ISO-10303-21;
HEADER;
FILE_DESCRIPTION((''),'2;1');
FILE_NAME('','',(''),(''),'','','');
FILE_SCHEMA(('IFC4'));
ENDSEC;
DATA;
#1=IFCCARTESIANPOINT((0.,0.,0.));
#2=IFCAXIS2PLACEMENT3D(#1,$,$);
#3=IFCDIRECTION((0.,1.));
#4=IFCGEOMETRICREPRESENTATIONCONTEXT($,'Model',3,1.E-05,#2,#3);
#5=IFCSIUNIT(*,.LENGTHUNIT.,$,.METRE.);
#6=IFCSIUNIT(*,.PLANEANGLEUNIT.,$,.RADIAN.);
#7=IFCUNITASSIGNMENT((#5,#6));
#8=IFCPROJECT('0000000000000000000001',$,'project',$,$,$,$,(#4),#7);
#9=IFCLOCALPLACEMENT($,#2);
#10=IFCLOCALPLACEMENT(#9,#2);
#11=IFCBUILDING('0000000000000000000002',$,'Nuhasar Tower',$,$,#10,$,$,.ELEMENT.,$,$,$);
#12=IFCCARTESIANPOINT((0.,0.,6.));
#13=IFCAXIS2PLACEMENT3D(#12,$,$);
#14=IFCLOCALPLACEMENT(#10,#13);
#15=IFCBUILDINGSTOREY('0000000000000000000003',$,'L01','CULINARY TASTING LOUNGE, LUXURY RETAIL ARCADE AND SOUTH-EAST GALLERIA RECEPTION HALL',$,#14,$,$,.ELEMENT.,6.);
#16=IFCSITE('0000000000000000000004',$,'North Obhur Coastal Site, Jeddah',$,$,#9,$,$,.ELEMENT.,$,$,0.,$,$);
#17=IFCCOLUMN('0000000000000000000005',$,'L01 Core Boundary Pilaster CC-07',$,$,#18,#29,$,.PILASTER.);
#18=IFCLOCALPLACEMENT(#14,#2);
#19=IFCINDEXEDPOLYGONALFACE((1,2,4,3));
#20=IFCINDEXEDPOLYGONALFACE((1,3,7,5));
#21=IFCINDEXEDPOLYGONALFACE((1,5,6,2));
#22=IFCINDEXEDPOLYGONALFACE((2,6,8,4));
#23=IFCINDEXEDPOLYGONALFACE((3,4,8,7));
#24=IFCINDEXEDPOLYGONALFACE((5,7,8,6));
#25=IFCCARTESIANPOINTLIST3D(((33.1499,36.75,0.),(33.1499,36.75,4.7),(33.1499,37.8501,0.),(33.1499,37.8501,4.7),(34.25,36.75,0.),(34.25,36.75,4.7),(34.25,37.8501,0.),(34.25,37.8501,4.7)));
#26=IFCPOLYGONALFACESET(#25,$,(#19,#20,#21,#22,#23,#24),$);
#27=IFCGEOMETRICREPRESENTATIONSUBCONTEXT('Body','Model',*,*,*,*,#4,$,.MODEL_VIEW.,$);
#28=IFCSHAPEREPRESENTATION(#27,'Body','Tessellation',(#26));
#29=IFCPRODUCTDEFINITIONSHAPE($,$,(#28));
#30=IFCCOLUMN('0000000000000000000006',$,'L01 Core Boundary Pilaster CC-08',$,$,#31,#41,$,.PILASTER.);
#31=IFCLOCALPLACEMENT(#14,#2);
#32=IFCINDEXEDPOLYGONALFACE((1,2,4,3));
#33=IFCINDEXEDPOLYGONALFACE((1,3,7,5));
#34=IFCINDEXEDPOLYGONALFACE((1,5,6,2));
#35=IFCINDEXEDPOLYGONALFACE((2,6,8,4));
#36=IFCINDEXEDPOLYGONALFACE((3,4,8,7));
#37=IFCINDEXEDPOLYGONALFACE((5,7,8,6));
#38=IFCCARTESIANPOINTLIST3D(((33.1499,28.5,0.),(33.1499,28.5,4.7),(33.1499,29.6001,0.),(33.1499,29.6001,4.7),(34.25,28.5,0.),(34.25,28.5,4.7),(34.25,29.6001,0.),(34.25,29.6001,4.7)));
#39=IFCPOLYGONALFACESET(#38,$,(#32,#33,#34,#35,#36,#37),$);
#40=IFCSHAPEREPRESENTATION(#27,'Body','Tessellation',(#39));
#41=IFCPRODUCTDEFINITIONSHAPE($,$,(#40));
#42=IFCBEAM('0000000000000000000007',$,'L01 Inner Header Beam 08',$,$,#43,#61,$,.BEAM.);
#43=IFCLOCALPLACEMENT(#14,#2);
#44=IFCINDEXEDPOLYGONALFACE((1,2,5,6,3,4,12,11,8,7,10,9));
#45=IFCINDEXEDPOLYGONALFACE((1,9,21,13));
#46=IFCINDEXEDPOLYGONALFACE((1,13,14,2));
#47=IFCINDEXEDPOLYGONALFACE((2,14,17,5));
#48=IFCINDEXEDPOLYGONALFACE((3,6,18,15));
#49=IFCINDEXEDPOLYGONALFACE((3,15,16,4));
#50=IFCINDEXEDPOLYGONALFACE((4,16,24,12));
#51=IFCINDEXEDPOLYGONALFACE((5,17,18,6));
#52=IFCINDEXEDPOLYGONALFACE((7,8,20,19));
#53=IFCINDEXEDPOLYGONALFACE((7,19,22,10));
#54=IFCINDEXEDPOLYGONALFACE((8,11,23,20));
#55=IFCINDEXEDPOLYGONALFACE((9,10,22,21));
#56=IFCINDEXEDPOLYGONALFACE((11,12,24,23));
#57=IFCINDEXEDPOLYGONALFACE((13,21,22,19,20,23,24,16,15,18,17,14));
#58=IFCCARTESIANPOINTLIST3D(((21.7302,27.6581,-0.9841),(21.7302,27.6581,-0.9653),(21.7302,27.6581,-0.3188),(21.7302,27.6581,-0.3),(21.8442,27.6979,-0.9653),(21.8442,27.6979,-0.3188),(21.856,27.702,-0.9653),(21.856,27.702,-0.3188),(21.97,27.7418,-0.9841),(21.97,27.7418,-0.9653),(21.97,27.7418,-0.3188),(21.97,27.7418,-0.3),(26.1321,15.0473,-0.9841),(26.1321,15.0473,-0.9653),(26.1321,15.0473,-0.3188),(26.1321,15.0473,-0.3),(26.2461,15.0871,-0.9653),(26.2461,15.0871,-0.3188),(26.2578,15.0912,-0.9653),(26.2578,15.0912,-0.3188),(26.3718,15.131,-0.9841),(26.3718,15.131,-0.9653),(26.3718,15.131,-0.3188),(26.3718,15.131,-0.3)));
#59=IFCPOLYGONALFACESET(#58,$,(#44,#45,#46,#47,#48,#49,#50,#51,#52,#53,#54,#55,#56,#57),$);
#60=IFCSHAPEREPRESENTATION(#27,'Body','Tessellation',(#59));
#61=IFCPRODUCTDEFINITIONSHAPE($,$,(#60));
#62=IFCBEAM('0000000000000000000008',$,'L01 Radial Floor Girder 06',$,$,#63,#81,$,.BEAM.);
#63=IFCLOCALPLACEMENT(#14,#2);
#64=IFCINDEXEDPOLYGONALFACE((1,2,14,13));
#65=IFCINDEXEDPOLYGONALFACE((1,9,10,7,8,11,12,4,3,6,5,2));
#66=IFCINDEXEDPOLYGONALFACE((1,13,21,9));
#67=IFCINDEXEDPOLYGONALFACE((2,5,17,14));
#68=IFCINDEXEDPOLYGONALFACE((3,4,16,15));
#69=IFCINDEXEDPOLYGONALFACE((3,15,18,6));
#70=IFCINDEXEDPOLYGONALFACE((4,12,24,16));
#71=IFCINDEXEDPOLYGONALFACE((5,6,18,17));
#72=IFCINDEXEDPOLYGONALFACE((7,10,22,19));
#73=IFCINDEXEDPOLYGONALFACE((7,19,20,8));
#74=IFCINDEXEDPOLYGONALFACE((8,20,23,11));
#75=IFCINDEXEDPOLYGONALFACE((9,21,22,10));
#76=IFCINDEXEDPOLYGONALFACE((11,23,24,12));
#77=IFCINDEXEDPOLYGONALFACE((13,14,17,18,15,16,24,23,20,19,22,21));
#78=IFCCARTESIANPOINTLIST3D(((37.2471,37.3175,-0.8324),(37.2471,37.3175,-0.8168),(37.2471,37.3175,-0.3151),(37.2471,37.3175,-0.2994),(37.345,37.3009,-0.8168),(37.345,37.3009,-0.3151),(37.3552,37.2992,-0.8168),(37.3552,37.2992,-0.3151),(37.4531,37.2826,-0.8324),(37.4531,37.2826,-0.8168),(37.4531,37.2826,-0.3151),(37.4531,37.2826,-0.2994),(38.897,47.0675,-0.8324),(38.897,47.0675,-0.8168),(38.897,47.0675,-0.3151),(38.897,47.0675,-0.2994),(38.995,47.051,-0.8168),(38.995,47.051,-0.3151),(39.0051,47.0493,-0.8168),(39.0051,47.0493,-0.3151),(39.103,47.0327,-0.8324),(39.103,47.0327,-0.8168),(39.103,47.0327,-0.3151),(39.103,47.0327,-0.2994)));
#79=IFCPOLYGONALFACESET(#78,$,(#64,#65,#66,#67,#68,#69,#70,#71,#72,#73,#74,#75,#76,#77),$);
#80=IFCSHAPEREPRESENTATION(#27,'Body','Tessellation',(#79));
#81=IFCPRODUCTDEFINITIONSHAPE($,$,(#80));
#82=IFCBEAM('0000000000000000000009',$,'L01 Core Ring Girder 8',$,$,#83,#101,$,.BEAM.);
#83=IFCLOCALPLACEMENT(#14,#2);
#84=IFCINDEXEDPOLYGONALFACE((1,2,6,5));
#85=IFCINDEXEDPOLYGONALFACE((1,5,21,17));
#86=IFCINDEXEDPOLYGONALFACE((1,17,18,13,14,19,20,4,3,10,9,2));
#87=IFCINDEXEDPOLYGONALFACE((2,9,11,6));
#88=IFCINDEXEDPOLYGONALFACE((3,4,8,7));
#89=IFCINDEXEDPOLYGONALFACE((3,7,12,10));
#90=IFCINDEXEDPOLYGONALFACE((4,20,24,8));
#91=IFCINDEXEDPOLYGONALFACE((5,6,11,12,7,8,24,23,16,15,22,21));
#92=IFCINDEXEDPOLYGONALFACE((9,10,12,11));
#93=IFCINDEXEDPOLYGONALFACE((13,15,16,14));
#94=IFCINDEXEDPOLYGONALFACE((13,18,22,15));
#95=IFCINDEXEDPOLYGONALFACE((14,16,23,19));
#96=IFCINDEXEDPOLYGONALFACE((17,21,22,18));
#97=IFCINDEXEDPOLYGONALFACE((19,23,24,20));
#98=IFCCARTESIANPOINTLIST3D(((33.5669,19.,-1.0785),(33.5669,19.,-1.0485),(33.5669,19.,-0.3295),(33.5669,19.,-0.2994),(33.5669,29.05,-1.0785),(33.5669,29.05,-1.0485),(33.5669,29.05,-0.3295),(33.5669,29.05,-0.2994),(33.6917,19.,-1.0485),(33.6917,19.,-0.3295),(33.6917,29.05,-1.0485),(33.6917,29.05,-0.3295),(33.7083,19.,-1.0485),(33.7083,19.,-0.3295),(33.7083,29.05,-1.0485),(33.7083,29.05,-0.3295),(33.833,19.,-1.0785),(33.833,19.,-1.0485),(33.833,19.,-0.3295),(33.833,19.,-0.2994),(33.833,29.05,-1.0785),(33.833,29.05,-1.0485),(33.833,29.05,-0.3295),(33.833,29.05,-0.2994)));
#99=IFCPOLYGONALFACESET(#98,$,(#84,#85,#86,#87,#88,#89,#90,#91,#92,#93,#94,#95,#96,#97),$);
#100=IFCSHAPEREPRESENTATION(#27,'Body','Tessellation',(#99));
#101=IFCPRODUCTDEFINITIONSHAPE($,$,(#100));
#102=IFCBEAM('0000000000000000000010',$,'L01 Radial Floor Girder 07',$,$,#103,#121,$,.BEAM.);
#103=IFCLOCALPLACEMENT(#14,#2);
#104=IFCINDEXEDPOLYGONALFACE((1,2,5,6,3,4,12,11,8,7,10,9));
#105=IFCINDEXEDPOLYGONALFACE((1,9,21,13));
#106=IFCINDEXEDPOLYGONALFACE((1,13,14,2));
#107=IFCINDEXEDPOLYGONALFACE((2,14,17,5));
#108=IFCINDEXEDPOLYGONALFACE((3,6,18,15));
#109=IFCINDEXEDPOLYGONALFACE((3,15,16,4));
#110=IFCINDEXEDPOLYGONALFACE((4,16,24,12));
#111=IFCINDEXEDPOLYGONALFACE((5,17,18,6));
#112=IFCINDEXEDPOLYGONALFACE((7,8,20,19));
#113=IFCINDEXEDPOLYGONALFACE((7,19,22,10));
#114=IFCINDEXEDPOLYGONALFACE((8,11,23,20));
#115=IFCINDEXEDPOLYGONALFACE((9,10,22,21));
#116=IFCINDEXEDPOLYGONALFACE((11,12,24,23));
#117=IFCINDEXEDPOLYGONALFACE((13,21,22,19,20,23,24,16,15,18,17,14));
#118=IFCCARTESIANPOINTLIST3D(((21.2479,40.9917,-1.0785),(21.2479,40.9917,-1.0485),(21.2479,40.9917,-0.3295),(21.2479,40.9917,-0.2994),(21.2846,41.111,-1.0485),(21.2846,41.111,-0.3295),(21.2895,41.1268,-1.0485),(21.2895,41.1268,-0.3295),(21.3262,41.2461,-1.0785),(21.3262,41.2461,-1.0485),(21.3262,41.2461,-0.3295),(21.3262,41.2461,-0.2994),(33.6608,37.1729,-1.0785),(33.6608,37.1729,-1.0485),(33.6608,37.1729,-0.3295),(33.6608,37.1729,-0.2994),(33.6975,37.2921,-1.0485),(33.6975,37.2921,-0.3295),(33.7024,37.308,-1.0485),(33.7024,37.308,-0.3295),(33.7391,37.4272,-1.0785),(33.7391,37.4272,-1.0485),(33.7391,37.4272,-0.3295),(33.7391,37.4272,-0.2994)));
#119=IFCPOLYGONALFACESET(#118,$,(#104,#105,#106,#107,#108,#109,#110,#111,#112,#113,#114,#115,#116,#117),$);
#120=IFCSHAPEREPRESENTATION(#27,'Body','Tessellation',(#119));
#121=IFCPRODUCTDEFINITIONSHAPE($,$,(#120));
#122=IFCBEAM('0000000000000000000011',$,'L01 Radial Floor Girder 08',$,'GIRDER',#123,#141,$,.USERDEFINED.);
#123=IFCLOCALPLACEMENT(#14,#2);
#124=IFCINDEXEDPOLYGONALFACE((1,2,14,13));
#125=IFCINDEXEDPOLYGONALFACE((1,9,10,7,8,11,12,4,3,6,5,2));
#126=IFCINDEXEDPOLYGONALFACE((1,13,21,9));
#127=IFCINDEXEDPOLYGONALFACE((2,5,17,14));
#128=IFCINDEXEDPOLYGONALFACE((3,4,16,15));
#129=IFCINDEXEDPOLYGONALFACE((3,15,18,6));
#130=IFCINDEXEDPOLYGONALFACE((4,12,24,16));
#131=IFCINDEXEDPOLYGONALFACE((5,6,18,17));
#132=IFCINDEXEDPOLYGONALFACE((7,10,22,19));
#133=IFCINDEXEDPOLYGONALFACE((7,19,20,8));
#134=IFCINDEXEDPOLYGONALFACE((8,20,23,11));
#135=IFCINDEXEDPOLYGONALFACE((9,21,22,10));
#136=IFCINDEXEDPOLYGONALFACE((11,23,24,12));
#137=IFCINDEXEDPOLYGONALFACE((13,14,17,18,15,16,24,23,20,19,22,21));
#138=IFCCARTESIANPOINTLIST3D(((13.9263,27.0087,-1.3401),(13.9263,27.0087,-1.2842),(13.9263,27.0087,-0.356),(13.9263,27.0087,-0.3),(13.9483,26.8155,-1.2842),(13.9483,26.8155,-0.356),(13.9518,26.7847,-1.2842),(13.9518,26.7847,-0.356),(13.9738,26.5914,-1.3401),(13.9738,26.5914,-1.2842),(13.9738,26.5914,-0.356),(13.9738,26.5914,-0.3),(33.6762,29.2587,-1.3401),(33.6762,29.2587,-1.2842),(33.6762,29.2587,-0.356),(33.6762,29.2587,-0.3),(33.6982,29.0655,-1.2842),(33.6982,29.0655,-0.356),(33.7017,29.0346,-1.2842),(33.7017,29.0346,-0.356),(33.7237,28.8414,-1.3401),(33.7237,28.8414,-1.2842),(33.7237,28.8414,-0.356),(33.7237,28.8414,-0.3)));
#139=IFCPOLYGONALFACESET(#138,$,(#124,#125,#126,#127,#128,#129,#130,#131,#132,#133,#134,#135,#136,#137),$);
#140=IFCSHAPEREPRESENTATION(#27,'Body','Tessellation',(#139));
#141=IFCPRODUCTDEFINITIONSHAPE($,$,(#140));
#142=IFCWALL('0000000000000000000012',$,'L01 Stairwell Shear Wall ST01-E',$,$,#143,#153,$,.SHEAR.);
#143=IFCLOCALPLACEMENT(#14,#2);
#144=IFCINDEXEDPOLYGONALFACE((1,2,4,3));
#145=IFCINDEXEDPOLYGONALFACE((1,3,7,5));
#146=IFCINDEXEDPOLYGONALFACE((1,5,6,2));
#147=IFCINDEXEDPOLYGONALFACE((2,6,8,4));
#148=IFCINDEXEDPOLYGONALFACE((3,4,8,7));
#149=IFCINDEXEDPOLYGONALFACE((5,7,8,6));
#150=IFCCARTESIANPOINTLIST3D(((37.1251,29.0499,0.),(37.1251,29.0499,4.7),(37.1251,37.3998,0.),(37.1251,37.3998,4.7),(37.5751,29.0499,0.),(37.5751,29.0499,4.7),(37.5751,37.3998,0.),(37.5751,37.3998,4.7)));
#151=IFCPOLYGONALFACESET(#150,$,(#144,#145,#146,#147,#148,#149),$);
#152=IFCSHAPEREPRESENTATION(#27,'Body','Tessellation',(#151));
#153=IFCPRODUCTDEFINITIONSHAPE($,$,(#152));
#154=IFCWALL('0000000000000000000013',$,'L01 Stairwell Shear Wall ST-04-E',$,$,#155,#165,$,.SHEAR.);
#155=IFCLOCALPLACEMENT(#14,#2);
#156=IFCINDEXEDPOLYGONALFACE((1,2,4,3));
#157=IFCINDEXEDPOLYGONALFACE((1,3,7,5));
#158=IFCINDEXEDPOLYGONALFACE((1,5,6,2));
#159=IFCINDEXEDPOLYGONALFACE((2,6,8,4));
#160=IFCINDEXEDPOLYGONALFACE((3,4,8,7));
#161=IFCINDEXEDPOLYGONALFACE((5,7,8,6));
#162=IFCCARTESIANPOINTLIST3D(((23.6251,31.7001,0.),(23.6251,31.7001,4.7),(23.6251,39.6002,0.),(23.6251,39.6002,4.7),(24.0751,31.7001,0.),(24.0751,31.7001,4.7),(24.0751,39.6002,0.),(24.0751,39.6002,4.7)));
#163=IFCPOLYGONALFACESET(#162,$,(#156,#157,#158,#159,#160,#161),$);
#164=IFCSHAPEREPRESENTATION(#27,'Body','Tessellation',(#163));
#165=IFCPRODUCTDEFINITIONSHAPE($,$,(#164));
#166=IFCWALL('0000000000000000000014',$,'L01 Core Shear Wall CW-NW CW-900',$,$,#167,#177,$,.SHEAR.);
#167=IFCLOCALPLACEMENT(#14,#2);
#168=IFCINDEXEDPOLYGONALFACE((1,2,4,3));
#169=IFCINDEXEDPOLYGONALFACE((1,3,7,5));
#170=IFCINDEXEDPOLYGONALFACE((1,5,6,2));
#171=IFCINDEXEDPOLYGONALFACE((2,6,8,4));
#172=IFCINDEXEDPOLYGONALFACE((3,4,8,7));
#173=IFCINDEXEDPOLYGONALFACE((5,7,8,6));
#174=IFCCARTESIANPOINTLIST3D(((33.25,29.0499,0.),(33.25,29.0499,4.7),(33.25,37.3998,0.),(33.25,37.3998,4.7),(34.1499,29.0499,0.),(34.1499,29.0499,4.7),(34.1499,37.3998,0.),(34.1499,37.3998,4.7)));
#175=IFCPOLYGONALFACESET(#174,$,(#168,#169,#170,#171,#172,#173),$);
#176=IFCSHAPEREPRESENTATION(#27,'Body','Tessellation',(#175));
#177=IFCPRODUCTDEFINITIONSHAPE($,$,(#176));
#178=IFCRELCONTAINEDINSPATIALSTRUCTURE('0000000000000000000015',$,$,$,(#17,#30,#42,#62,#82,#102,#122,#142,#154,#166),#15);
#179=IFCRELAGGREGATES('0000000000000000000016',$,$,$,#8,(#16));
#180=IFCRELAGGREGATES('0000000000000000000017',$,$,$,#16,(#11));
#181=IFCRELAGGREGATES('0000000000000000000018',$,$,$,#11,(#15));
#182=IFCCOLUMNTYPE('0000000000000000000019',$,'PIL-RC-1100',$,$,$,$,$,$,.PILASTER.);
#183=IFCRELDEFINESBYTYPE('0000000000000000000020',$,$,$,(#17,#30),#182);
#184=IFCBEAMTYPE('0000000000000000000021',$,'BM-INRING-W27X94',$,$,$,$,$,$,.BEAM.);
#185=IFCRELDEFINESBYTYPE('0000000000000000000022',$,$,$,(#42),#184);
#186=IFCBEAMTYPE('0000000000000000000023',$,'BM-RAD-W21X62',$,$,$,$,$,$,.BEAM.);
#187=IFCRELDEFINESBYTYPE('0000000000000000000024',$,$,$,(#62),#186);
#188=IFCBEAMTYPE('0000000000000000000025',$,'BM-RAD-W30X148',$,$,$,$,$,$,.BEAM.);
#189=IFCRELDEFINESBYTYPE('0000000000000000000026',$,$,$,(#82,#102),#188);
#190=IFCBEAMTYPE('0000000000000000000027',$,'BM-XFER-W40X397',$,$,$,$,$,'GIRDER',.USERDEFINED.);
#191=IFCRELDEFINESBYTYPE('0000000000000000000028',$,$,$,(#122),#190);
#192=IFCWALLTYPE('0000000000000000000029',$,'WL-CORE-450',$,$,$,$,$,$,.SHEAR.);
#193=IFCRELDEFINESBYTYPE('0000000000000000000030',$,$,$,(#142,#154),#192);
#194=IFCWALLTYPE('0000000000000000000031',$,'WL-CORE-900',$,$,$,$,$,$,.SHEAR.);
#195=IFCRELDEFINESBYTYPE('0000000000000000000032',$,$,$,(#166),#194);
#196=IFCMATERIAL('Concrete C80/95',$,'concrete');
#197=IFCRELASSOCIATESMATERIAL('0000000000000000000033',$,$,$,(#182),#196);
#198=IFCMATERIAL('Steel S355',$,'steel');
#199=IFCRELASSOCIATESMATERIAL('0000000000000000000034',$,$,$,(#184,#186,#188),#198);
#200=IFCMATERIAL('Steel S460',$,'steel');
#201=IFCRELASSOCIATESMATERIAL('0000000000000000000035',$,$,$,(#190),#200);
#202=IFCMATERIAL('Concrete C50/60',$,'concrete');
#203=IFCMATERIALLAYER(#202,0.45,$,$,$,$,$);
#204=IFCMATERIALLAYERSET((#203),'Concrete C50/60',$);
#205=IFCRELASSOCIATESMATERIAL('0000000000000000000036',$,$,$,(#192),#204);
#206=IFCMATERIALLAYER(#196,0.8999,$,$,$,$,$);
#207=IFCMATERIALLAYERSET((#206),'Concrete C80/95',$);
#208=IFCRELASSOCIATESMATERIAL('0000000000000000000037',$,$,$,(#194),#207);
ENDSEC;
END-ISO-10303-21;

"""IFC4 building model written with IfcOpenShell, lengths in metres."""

from ifc_helpers import new_model, si_unit, direction, frame, frame_2d, origin, origin_2d, place, context, subcontext, project, spatial, rectangle, i_section, extrude, material, layer, layer_set, material_profile, profile_set, type_object, element, save


model = new_model("IFC4")

# Units and contexts
model_context = context("Model", 3, precision=1e-05, world=origin(), true_north=direction((0.0, 1.0)))
body_context = subcontext(model_context, "Body", "Model", "MODEL_VIEW")
ifc_project = project(units=[si_unit("LENGTHUNIT", "METRE"), si_unit("PLANEANGLEUNIT", "RADIAN")], contexts=[model_context])

# Site, building, storey
site_placement = place(None, origin())
site = spatial("IfcSite", under=ifc_project, at=site_placement, Name="North Obhur Coastal Site, Jeddah", CompositionType="ELEMENT", RefElevation=0.0)
building_placement = place(site_placement, origin())
building = spatial("IfcBuilding", under=site, at=building_placement, Name="Nuhasar Tower", CompositionType="ELEMENT")
storey_placement = place(building_placement, frame((0.0, 0.0, 6.0)))
storey = spatial("IfcBuildingStorey", under=building, at=storey_placement, Name="L01", Description="CULINARY TASTING LOUNGE, LUXURY RETAIL ARCADE AND SOUTH-EAST GALLERIA RECEPTION HALL", CompositionType="ELEMENT", Elevation=6.0)

# Columns
ifc_material_1 = material(Name="Concrete C80/95", Category="concrete")
ifc_material_profile_1 = material_profile(ifc_material_1, rectangle(XDim=1.1001, YDim=1.1001, at=origin_2d()), Name="RC1100X1100")
ifc_profile_set_1 = profile_set([ifc_material_profile_1], Name="Concrete C80/95")
column_type = type_object("IfcColumnType", Name="PIL-RC-1100", PredefinedType="PILASTER", material=ifc_profile_set_1)
for number, where, z_axis, x_axis, name in (
    (1, (33.7, 37.3, 0.0), (0.0, 0.0, 1.0), (1.0, 0.0, 0.0), "L01 Core Boundary Pilaster CC-07"),
    (2, (33.7, 29.05, 0.0), (0.0, 0.0, 1.0), (1.0, 0.0, 0.0), "L01 Core Boundary Pilaster CC-08"),
):
    element("IfcColumn", number, at=place(storey_placement, frame(where, z_axis=z_axis, x_axis=x_axis)), inside=storey, type_object=column_type, Name=name, PredefinedType="PILASTER", context=body_context, shape_type="SweptSolid", body=[
        extrude(rectangle(XDim=1.1001, YDim=1.1001, at=origin_2d()), origin(), (0.0, 0.0, 1.0), 4.7),
    ])

# Beams
ifc_material_2 = material(Name="Steel S355", Category="steel")
ifc_material_profile_2 = material_profile(ifc_material_2, i_section(OverallWidth=0.2539, OverallDepth=0.6841, WebThickness=0.0125, FlangeThickness=0.0188, at=origin_2d()), Name="W27X94")
ifc_profile_set_2 = profile_set([ifc_material_profile_2], Name="Steel S355")
beam_type_1 = type_object("IfcBeamType", Name="BM-INRING-W27X94", PredefinedType="BEAM", material=ifc_profile_set_2)
beam_1_placement = place(storey_placement, frame((21.8501, 27.7, -0.6421), z_axis=(0.329554, -0.944137, 0.0), x_axis=(0.944137, 0.329554, 0.0)))
element("IfcBeam", 3, at=beam_1_placement, inside=storey, type_object=beam_type_1, Name="L01 Inner Header Beam 08", PredefinedType="BEAM", context=body_context, shape_type="SweptSolid", body=[
    extrude(i_section(OverallWidth=0.2539, OverallDepth=0.6841, WebThickness=0.0125, FlangeThickness=0.0188, at=origin_2d()), origin(), (0.0, 0.0, 1.0), 13.3569),
])
ifc_material_profile_3 = material_profile(ifc_material_2, i_section(OverallWidth=0.209, OverallDepth=0.533, WebThickness=0.0103, FlangeThickness=0.0156, at=origin_2d()), Name="W21X62")
ifc_profile_set_3 = profile_set([ifc_material_profile_3], Name="Steel S355")
beam_type_2 = type_object("IfcBeamType", Name="BM-RAD-W21X62", PredefinedType="BEAM", material=ifc_profile_set_3)
beam_2_placement = place(storey_placement, frame((37.3501, 37.3, -0.5659), z_axis=(0.166849, 0.985983, 0.0), x_axis=(-0.985983, 0.166849, 0.0)))
element("IfcBeam", 4, at=beam_2_placement, inside=storey, type_object=beam_type_2, Name="L01 Radial Floor Girder 06", PredefinedType="BEAM", context=body_context, shape_type="SweptSolid", body=[
    extrude(i_section(OverallWidth=0.209, OverallDepth=0.533, WebThickness=0.0103, FlangeThickness=0.0156, at=origin_2d()), origin(), (0.0, 0.0, 1.0), 9.8887),
])
ifc_material_profile_4 = material_profile(ifc_material_2, i_section(OverallWidth=0.2661, OverallDepth=0.7791, WebThickness=0.0166, FlangeThickness=0.03, at=origin_2d()), Name="W30X148")
ifc_profile_set_4 = profile_set([ifc_material_profile_4], Name="Steel S355")
beam_type_3 = type_object("IfcBeamType", Name="BM-RAD-W30X148", PredefinedType="BEAM", material=ifc_profile_set_4)
beam_3_placement = place(storey_placement, frame((33.7, 29.05, -0.689), z_axis=(0.0, -1.0, 0.0), x_axis=(1.0, 0.0, 0.0)))
element("IfcBeam", 5, at=beam_3_placement, inside=storey, type_object=beam_type_3, Name="L01 Core Ring Girder 8", PredefinedType="BEAM", context=body_context, shape_type="SweptSolid", body=[
    extrude(i_section(OverallWidth=0.2661, OverallDepth=0.7791, WebThickness=0.0166, FlangeThickness=0.03, at=origin_2d()), origin(), (0.0, 0.0, 1.0), 10.05),
])
beam_4_placement = place(storey_placement, frame((33.7, 37.3, -0.689), z_axis=(-0.95579, 0.294052, 0.0), x_axis=(-0.294052, -0.95579, 0.0)))
element("IfcBeam", 6, at=beam_4_placement, inside=storey, type_object=beam_type_3, Name="L01 Radial Floor Girder 07", PredefinedType="BEAM", context=body_context, shape_type="SweptSolid", body=[
    extrude(i_section(OverallWidth=0.2661, OverallDepth=0.7791, WebThickness=0.0166, FlangeThickness=0.03, at=origin_2d()), origin(), (0.0, 0.0, 1.0), 12.9871),
])
ifc_material_3 = material(Name="Steel S460", Category="steel")
ifc_material_profile_5 = material_profile(ifc_material_3, i_section(OverallWidth=0.4199, OverallDepth=1.04, WebThickness=0.031, FlangeThickness=0.0559, at=origin_2d()), Name="W40X397")
ifc_profile_set_5 = profile_set([ifc_material_profile_5], Name="Steel S460")
beam_type_4 = type_object("IfcBeamType", Name="BM-XFER-W40X397", ElementType="GIRDER", PredefinedType="USERDEFINED", material=ifc_profile_set_5)
beam_5_placement = place(storey_placement, frame((33.7, 29.05, -0.8201), z_axis=(-0.993573, -0.113192, 0.0), x_axis=(0.113192, -0.993573, 0.0)))
element("IfcBeam", 7, at=beam_5_placement, inside=storey, type_object=beam_type_4, Name="L01 Radial Floor Girder 08", ObjectType="GIRDER", PredefinedType="USERDEFINED", context=body_context, shape_type="SweptSolid", body=[
    extrude(i_section(OverallWidth=0.4199, OverallDepth=1.04, WebThickness=0.031, FlangeThickness=0.0559, at=origin_2d()), origin(), (0.0, 0.0, 1.0), 19.8777),
])

# Walls
ifc_material_4 = material(Name="Concrete C50/60", Category="concrete")
ifc_layer_1 = layer(ifc_material_4, 0.45)
ifc_layer_set_1 = layer_set([ifc_layer_1], Name="Concrete C50/60")
wall_type_1 = type_object("IfcWallType", Name="WL-CORE-450", PredefinedType="SHEAR", material=ifc_layer_set_1)
wall_1_placement = place(storey_placement, frame((37.3501, 29.05, 0.0), z_axis=(0.0, 0.0, 1.0), x_axis=(0.0, 1.0, 0.0)))
element("IfcWall", 8, at=wall_1_placement, inside=storey, type_object=wall_type_1, Name="L01 Stairwell Shear Wall ST01-E", PredefinedType="SHEAR", context=body_context, shape_type="SweptSolid", body=[
    extrude(rectangle(XDim=8.3499, YDim=0.45, at=frame_2d((4.1748, 0.0))), origin(), (0.0, 0.0, 1.0), 4.7),
])
wall_2_placement = place(storey_placement, frame((23.8501, 31.7, 0.0), z_axis=(0.0, 0.0, 1.0), x_axis=(0.0, 1.0, 0.0)))
element("IfcWall", 9, at=wall_2_placement, inside=storey, type_object=wall_type_1, Name="L01 Stairwell Shear Wall ST-04-E", PredefinedType="SHEAR", context=body_context, shape_type="SweptSolid", body=[
    extrude(rectangle(XDim=7.9001, YDim=0.45, at=frame_2d((3.9502, 0.0))), origin(), (0.0, 0.0, 1.0), 4.7),
])
ifc_layer_2 = layer(ifc_material_1, 0.8999)
ifc_layer_set_2 = layer_set([ifc_layer_2], Name="Concrete C80/95")
wall_type_2 = type_object("IfcWallType", Name="WL-CORE-900", PredefinedType="SHEAR", material=ifc_layer_set_2)
wall_3_placement = place(storey_placement, frame((33.7, 29.05, 0.0), z_axis=(0.0, 0.0, 1.0), x_axis=(0.0, 1.0, 0.0)))
element("IfcWall", 10, at=wall_3_placement, inside=storey, type_object=wall_type_2, Name="L01 Core Shear Wall CW-NW CW-900", PredefinedType="SHEAR", context=body_context, shape_type="SweptSolid", body=[
    extrude(rectangle(XDim=8.3499, YDim=0.8999, at=frame_2d((4.1748, 0.0))), origin(), (0.0, 0.0, 1.0), 4.7),
])

save(model, "model.ifc")
